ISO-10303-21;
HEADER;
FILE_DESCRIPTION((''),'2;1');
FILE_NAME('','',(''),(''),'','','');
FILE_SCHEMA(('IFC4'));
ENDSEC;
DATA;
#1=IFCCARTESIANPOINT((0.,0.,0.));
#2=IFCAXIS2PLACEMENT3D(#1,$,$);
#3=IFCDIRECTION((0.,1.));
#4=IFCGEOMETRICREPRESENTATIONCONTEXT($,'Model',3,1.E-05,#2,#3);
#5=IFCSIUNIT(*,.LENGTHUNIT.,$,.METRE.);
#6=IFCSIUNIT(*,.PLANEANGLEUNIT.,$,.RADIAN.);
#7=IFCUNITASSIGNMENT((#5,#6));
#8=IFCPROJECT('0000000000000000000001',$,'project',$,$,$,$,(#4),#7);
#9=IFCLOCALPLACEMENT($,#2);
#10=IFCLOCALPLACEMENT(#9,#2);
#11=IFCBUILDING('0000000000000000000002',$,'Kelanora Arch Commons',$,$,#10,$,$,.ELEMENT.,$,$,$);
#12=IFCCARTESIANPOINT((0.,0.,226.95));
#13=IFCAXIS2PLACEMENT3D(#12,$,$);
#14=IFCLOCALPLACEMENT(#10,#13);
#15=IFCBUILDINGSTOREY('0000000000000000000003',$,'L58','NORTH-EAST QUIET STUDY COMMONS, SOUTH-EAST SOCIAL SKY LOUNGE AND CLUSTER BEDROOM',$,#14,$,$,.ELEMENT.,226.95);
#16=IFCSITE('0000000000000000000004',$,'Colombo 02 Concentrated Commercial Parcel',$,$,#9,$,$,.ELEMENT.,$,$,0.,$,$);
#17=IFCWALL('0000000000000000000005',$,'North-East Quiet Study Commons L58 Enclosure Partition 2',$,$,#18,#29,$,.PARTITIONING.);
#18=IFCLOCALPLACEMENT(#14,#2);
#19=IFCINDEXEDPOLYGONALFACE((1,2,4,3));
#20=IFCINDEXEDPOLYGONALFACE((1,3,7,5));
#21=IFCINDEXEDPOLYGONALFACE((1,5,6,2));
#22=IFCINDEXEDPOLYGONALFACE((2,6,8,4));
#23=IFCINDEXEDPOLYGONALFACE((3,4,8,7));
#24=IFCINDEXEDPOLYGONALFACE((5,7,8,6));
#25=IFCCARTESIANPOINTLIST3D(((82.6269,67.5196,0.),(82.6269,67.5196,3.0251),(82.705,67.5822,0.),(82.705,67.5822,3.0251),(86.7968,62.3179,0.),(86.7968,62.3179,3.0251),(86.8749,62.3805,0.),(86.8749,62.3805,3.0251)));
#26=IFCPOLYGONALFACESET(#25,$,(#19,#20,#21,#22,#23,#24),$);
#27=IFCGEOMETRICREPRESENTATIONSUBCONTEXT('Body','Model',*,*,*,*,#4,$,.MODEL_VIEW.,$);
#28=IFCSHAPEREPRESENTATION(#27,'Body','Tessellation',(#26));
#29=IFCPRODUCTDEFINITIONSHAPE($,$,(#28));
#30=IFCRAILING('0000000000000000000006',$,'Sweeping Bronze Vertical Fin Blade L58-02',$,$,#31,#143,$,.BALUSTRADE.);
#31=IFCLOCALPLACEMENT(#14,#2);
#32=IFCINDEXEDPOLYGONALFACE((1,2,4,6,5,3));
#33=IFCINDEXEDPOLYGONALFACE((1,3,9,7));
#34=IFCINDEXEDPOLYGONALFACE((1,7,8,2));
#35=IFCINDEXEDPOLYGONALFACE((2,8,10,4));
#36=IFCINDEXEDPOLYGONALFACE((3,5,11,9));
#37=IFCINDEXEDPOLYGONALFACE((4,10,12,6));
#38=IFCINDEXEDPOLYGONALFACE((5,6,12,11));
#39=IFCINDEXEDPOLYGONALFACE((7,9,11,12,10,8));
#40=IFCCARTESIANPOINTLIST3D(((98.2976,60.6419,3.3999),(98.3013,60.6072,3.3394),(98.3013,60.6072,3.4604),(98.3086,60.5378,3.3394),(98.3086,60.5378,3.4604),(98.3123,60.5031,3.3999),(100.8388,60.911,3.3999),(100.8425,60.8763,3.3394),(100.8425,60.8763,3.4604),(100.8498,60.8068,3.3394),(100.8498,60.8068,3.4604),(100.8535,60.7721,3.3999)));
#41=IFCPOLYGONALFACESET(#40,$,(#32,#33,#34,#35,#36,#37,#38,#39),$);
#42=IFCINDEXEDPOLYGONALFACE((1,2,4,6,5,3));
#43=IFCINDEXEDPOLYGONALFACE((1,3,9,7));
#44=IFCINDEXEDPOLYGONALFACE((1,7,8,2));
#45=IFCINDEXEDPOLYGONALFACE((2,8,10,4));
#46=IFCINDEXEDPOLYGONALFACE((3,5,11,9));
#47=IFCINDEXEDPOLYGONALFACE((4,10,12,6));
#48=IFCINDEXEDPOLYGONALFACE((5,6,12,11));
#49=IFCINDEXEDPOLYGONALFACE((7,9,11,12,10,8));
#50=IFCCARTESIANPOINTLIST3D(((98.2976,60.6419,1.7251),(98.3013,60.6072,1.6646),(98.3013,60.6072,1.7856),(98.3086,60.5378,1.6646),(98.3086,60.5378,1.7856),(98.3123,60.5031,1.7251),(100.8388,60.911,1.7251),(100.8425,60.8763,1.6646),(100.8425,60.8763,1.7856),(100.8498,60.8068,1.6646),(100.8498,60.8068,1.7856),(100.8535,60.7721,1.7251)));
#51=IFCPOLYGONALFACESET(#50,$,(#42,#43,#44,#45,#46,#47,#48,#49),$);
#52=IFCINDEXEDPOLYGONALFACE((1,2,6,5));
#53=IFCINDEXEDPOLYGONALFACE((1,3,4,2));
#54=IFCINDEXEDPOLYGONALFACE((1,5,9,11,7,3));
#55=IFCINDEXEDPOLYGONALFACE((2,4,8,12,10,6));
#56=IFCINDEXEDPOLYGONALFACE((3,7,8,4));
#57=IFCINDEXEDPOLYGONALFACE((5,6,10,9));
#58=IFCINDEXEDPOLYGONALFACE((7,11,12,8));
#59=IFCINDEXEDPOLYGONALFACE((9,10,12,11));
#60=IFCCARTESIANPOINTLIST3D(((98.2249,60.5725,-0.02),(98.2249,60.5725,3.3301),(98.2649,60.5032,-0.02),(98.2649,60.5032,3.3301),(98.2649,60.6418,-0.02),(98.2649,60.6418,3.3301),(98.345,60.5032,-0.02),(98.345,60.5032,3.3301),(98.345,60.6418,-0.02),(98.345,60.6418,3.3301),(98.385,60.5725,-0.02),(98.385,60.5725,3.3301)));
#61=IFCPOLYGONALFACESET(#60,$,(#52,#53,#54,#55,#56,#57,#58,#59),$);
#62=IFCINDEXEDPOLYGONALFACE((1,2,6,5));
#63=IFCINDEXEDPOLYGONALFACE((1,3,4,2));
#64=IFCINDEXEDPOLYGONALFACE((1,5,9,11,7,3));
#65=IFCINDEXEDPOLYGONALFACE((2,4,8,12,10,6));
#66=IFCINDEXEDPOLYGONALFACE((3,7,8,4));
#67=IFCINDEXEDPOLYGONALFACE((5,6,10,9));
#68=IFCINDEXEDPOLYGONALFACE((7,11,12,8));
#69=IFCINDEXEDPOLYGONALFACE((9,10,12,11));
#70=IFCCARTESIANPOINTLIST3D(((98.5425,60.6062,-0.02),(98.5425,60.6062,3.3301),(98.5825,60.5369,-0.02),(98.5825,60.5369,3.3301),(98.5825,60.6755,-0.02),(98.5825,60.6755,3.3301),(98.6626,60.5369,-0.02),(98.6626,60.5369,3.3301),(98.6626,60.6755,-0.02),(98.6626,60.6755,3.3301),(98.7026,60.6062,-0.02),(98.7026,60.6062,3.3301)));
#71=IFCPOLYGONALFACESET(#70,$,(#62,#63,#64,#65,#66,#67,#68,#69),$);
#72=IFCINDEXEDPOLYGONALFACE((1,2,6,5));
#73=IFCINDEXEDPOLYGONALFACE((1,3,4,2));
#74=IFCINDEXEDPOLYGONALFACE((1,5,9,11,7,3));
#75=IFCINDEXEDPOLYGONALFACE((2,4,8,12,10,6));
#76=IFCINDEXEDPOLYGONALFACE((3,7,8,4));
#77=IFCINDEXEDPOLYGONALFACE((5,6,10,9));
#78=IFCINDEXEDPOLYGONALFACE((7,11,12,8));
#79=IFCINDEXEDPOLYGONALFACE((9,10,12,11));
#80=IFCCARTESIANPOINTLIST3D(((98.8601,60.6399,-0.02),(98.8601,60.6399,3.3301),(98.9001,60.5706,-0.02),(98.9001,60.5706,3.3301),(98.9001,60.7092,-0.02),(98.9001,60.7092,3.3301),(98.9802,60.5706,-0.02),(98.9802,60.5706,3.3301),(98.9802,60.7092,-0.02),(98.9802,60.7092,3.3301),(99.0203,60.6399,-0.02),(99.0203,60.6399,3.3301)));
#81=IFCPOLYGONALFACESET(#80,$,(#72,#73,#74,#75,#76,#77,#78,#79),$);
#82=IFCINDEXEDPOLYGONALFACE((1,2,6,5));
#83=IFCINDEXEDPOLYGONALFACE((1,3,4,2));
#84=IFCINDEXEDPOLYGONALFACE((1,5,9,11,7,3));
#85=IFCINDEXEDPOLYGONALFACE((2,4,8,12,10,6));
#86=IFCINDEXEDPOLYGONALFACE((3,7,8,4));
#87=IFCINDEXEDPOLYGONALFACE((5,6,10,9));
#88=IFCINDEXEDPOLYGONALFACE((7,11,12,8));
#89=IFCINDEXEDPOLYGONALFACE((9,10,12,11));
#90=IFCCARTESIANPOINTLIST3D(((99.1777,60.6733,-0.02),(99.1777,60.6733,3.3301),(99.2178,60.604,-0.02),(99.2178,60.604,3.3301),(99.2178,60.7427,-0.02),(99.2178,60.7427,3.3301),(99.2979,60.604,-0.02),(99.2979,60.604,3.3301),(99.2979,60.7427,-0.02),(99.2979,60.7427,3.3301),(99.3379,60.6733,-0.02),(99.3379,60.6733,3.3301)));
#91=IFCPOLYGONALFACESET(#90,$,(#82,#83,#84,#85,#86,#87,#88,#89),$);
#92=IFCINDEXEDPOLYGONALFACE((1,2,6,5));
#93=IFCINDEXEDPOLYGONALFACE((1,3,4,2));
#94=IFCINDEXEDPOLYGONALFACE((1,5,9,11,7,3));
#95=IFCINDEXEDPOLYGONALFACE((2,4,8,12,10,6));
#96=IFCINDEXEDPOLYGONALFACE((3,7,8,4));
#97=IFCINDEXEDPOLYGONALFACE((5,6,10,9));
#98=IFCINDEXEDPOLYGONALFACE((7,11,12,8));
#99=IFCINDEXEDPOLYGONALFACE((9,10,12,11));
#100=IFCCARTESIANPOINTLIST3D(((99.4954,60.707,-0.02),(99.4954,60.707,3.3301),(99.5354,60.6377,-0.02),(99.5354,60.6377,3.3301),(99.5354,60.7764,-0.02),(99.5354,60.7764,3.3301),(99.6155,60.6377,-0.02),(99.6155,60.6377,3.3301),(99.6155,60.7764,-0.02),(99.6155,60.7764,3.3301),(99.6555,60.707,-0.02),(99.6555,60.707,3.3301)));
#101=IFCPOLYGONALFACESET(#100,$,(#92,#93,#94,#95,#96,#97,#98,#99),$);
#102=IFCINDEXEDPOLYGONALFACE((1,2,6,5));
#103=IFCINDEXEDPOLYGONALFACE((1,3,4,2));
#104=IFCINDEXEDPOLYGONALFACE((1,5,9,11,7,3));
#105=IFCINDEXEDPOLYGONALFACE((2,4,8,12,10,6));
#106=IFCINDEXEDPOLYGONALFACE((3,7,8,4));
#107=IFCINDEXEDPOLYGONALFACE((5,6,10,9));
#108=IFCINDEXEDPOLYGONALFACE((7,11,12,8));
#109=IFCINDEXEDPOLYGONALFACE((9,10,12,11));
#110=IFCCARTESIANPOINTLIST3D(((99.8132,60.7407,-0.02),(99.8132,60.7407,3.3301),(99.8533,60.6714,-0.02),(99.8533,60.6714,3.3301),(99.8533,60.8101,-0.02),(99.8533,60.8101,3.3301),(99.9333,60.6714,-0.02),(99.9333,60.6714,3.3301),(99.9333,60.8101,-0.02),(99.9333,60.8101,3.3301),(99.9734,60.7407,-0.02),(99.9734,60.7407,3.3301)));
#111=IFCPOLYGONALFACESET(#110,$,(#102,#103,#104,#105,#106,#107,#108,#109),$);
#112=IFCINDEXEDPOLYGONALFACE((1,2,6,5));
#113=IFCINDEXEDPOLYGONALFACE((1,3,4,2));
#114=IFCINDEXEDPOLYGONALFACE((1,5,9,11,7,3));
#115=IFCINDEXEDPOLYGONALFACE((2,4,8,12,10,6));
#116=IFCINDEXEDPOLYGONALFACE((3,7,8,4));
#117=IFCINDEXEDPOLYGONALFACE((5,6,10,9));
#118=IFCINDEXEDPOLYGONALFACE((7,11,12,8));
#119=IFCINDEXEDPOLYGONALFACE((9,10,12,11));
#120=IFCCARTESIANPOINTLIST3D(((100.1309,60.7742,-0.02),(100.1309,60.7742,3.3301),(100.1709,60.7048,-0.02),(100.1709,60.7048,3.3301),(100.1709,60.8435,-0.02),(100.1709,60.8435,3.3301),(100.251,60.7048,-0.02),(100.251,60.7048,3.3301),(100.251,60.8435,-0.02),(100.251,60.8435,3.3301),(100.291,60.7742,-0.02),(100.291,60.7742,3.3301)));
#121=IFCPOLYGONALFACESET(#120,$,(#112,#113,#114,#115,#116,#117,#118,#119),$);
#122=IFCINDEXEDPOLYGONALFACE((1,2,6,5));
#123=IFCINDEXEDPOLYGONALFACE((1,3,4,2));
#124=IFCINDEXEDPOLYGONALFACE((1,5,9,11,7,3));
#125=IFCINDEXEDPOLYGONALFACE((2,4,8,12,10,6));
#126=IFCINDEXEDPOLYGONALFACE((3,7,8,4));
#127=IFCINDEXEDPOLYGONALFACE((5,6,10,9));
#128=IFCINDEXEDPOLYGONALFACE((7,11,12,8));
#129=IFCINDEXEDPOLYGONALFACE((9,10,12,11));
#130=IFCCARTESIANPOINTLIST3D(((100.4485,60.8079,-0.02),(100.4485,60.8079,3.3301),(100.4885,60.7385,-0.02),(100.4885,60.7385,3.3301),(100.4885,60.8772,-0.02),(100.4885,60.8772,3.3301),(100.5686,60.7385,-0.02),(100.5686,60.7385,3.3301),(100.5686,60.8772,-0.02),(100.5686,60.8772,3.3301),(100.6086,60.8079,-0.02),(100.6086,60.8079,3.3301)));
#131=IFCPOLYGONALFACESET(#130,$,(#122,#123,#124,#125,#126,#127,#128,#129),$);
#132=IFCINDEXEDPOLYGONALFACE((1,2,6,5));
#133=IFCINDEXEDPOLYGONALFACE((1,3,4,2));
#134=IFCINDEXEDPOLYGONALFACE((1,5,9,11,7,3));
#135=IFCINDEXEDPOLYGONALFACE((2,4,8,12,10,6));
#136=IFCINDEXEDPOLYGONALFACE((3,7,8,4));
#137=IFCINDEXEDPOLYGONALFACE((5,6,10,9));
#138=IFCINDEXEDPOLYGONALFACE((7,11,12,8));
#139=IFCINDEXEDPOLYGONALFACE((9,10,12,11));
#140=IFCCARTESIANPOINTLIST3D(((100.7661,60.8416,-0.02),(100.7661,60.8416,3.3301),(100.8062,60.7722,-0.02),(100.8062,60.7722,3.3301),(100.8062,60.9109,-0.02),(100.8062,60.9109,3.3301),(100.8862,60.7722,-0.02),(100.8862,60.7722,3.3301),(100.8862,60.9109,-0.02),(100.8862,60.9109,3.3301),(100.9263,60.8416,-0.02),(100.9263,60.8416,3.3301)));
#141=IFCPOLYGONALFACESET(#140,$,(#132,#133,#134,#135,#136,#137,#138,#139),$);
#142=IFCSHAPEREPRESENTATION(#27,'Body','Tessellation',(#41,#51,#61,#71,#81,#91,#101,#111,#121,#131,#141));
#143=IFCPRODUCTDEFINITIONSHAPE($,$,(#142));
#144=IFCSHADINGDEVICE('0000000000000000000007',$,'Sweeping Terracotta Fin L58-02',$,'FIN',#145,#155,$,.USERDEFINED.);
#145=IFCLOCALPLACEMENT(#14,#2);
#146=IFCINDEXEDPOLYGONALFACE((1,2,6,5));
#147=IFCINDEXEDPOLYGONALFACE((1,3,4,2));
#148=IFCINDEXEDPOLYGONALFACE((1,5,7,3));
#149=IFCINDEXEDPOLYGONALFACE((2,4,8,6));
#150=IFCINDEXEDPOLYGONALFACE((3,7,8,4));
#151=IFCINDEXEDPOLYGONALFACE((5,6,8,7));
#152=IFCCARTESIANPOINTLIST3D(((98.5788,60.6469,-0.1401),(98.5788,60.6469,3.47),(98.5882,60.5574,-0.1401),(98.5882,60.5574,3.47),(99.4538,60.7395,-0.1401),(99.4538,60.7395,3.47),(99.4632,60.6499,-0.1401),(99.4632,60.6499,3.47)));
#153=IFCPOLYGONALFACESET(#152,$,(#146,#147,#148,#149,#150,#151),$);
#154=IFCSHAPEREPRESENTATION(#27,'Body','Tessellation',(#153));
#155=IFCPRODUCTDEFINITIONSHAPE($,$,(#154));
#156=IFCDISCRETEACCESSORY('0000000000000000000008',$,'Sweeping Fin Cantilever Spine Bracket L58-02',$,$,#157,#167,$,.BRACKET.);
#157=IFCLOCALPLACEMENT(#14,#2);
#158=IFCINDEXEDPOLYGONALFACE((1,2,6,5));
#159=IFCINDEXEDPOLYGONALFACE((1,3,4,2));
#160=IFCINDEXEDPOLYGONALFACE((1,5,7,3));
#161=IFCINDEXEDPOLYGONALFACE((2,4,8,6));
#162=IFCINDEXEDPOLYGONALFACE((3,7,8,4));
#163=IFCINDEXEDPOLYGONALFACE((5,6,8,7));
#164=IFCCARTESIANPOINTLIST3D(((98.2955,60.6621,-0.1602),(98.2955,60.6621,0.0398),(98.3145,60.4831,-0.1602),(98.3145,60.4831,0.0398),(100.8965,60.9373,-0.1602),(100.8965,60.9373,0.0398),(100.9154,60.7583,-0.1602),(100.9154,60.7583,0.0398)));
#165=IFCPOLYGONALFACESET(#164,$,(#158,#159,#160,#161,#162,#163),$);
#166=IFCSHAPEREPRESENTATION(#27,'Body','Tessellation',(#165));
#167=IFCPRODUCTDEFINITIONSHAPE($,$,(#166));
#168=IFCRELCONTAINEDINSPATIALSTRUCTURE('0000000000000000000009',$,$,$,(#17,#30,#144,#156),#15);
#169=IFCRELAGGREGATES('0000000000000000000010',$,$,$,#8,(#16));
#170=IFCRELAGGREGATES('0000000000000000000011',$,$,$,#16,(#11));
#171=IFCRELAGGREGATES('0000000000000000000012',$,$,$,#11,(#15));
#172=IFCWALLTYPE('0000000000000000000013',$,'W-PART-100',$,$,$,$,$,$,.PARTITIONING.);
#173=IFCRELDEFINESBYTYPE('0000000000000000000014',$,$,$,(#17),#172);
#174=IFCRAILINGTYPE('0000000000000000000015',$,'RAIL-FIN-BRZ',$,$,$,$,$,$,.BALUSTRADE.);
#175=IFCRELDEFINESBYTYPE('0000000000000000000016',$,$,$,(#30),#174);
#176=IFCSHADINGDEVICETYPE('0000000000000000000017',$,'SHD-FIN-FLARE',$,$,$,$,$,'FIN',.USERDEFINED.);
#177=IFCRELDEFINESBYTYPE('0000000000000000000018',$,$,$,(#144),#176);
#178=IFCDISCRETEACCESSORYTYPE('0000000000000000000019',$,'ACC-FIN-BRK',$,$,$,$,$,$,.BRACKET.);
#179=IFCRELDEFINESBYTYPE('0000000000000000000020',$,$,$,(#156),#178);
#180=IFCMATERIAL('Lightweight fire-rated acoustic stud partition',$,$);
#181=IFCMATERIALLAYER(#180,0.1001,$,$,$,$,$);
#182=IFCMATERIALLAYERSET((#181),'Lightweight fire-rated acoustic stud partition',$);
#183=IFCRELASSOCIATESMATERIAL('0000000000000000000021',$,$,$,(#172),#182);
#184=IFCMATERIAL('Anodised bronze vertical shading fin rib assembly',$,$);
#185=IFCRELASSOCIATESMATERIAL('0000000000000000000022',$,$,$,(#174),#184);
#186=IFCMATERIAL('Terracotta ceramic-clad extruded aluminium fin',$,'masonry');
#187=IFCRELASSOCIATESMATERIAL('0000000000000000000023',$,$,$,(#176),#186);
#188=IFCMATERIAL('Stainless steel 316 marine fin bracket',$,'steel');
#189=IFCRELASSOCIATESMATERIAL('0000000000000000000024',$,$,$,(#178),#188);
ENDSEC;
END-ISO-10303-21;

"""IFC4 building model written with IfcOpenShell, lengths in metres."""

from ifc_helpers import new_model, si_unit, direction, frame, frame_2d, origin, origin_2d, place, context, subcontext, project, spatial, polyline, rectangle, outline, extrude, source, transform, mapped, material, layer, layer_set, type_object, element, save


model = new_model("IFC4")

# Units and contexts
model_context = context("Model", 3, precision=1e-05, world=origin(), true_north=direction((0.0, 1.0)))
body_context = subcontext(model_context, "Body", "Model", "MODEL_VIEW")
ifc_project = project(units=[si_unit("LENGTHUNIT", "METRE"), si_unit("PLANEANGLEUNIT", "RADIAN")], contexts=[model_context])

# Site, building, storey
site_placement = place(None, origin())
site = spatial("IfcSite", under=ifc_project, at=site_placement, Name="Colombo 02 Concentrated Commercial Parcel", CompositionType="ELEMENT", RefElevation=0.0)
building_placement = place(site_placement, origin())
building = spatial("IfcBuilding", under=site, at=building_placement, Name="Kelanora Arch Commons", CompositionType="ELEMENT")
storey_placement = place(building_placement, frame((0.0, 0.0, 226.95)))
storey = spatial("IfcBuildingStorey", under=building, at=storey_placement, Name="L58", Description="NORTH-EAST QUIET STUDY COMMONS, SOUTH-EAST SOCIAL SKY LOUNGE AND CLUSTER BEDROOM", CompositionType="ELEMENT", Elevation=226.95)

# Wall
ifc_material_1 = material(Name="Lightweight fire-rated acoustic stud partition")
ifc_layer_1 = layer(ifc_material_1, 0.1001)
ifc_layer_set_1 = layer_set([ifc_layer_1], Name="Lightweight fire-rated acoustic stud partition")
wall_type = type_object("IfcWallType", Name="W-PART-100", PredefinedType="PARTITIONING", material=ifc_layer_set_1)
wall_placement = place(storey_placement, frame((86.8359, 62.3491, 0.0), z_axis=(0.0, 0.0, 1.0), x_axis=(-0.625481, 0.78024, 0.0)))
element("IfcWall", 1, at=wall_placement, inside=storey, type_object=wall_type, Name="North-East Quiet Study Commons L58 Enclosure Partition 2", PredefinedType="PARTITIONING", context=body_context, shape_type="SweptSolid", body=[
    extrude(rectangle(XDim=6.6667, YDim=0.1001, at=frame_2d((3.3335, 0.0))), origin(), (0.0, 0.0, 1.0), 3.0251),
])

# Railing
ifc_material_2 = material(Name="Anodised bronze vertical shading fin rib assembly")
railing_type_1 = type_object("IfcRailingType", Name="RAIL-FIN-BRZ", PredefinedType="BALUSTRADE", material=ifc_material_2)
railing_1_placement = place(storey_placement, frame((98.3049, 60.5725, -0.02)))
element("IfcRailing", 2, at=railing_1_placement, inside=storey, type_object=railing_type_1, Name="Sweeping Bronze Vertical Fin Blade L58-02", PredefinedType="BALUSTRADE", context=body_context, shape_type="SweptSolid", body=[
    extrude(outline(polyline([(0.0698, 0.0), (0.0349, 0.0605), (-0.0349, 0.0605), (-0.0698, 0.0), (-0.0349, -0.0605), (0.0349, -0.0605), (0.0698, 0.0)])), frame((0.0, 0.0, 3.4199), z_axis=(0.994442, 0.105282, 0.0), x_axis=(-0.105282, 0.994442, 0.0)), (0.0, 0.0, 1.0), 2.5554),
    extrude(outline(polyline([(0.0698, 0.0), (0.0349, 0.0605), (-0.0349, 0.0605), (-0.0698, 0.0), (-0.0349, -0.0605), (0.0349, -0.0605), (0.0698, 0.0)])), frame((0.0, 0.0, 1.7451), z_axis=(0.994442, 0.105282, 0.0), x_axis=(-0.105282, 0.994442, 0.0)), (0.0, 0.0, 1.0), 2.5554),
    extrude(outline(polyline([(0.0801, 0.0), (0.04, 0.0693), (-0.04, 0.0693), (-0.0801, 0.0), (-0.04, -0.0693), (0.04, -0.0693), (0.0801, 0.0)])), origin(), (0.0, 0.0, 1.0), 3.3501),
    extrude(outline(polyline([(0.0801, 0.0), (0.04, 0.0693), (-0.04, 0.0693), (-0.0801, 0.0), (-0.04, -0.0693), (0.04, -0.0693), (0.0801, 0.0)])), frame((0.3176, 0.0337, 0.0)), (0.0, 0.0, 1.0), 3.3501),
    extrude(outline(polyline([(0.0801, 0.0), (0.04, 0.0693), (-0.04, 0.0693), (-0.0801, 0.0), (-0.04, -0.0693), (0.04, -0.0693), (0.0801, 0.0)])), frame((0.6353, 0.0674, 0.0)), (0.0, 0.0, 1.0), 3.3501),
    extrude(outline(polyline([(0.0801, 0.0), (0.04, 0.0693), (-0.04, 0.0693), (-0.0801, 0.0), (-0.04, -0.0693), (0.04, -0.0693), (0.0801, 0.0)])), frame((0.9529, 0.1008, 0.0)), (0.0, 0.0, 1.0), 3.3501),
    extrude(outline(polyline([(0.0801, 0.0), (0.04, 0.0693), (-0.04, 0.0693), (-0.0801, 0.0), (-0.04, -0.0693), (0.04, -0.0693), (0.0801, 0.0)])), frame((1.2705, 0.1345, 0.0)), (0.0, 0.0, 1.0), 3.3501),
    extrude(outline(polyline([(0.0801, 0.0), (0.04, 0.0693), (-0.04, 0.0693), (-0.0801, 0.0), (-0.04, -0.0693), (0.04, -0.0693), (0.0801, 0.0)])), frame((1.5884, 0.1682, 0.0)), (0.0, 0.0, 1.0), 3.3501),
    extrude(outline(polyline([(0.0801, 0.0), (0.04, 0.0693), (-0.04, 0.0693), (-0.0801, 0.0), (-0.04, -0.0693), (0.04, -0.0693), (0.0801, 0.0)])), frame((1.906, 0.2017, 0.0)), (0.0, 0.0, 1.0), 3.3501),
    extrude(outline(polyline([(0.0801, 0.0), (0.04, 0.0693), (-0.04, 0.0693), (-0.0801, 0.0), (-0.04, -0.0693), (0.04, -0.0693), (0.0801, 0.0)])), frame((2.2236, 0.2354, 0.0)), (0.0, 0.0, 1.0), 3.3501),
    extrude(outline(polyline([(0.0801, 0.0), (0.04, 0.0693), (-0.04, 0.0693), (-0.0801, 0.0), (-0.04, -0.0693), (0.04, -0.0693), (0.0801, 0.0)])), frame((2.5413, 0.269, 0.0)), (0.0, 0.0, 1.0), 3.3501),
])

# Shading device
ifc_material_3 = material(Name="Terracotta ceramic-clad extruded aluminium fin", Category="masonry")
shading_device_type = type_object("IfcShadingDeviceType", Name="SHD-FIN-FLARE", ElementType="FIN", PredefinedType="USERDEFINED", material=ifc_material_3)
shared_shape_1 = source(origin(), body_context, "Body", "SweptSolid", [
    extrude(rectangle(XDim=0.8799, YDim=0.0901, at=origin_2d()), origin(), (0.0, 0.0, 1.0), 3.6101),
])
shading_device_placement = place(storey_placement, frame((99.021, 60.6484, -0.1401), z_axis=(0.0, 0.0, 1.0), x_axis=(0.994449, 0.105223, 0.0)))
element("IfcShadingDevice", 3, at=shading_device_placement, inside=storey, type_object=shading_device_type, Name="Sweeping Terracotta Fin L58-02", ObjectType="FIN", PredefinedType="USERDEFINED", context=body_context, shape_type="MappedRepresentation", body=[
    mapped(shared_shape_1, transform((0.0, 0.0, 0.0), scale=1.0)),
])

# Discrete accessory
ifc_material_4 = material(Name="Stainless steel 316 marine fin bracket", Category="steel")
discrete_accessory_type = type_object("IfcDiscreteAccessoryType", Name="ACC-FIN-BRK", PredefinedType="BRACKET", material=ifc_material_4)
shared_shape_2 = source(origin(), body_context, "Body", "SweptSolid", [
    extrude(rectangle(XDim=2.6155, YDim=0.1799, at=origin_2d()), origin(), (0.0, 0.0, 1.0), 0.2),
])
discrete_accessory_placement = place(storey_placement, frame((99.6055, 60.7102, -0.1602), z_axis=(0.0, 0.0, 1.0), x_axis=(0.994449, 0.105223, 0.0)))
element("IfcDiscreteAccessory", 4, at=discrete_accessory_placement, inside=storey, type_object=discrete_accessory_type, Name="Sweeping Fin Cantilever Spine Bracket L58-02", PredefinedType="BRACKET", context=body_context, shape_type="MappedRepresentation", body=[
    mapped(shared_shape_2, transform((0.0, 0.0, 0.0), scale=1.0)),
])

save(model, "model.ifc")
